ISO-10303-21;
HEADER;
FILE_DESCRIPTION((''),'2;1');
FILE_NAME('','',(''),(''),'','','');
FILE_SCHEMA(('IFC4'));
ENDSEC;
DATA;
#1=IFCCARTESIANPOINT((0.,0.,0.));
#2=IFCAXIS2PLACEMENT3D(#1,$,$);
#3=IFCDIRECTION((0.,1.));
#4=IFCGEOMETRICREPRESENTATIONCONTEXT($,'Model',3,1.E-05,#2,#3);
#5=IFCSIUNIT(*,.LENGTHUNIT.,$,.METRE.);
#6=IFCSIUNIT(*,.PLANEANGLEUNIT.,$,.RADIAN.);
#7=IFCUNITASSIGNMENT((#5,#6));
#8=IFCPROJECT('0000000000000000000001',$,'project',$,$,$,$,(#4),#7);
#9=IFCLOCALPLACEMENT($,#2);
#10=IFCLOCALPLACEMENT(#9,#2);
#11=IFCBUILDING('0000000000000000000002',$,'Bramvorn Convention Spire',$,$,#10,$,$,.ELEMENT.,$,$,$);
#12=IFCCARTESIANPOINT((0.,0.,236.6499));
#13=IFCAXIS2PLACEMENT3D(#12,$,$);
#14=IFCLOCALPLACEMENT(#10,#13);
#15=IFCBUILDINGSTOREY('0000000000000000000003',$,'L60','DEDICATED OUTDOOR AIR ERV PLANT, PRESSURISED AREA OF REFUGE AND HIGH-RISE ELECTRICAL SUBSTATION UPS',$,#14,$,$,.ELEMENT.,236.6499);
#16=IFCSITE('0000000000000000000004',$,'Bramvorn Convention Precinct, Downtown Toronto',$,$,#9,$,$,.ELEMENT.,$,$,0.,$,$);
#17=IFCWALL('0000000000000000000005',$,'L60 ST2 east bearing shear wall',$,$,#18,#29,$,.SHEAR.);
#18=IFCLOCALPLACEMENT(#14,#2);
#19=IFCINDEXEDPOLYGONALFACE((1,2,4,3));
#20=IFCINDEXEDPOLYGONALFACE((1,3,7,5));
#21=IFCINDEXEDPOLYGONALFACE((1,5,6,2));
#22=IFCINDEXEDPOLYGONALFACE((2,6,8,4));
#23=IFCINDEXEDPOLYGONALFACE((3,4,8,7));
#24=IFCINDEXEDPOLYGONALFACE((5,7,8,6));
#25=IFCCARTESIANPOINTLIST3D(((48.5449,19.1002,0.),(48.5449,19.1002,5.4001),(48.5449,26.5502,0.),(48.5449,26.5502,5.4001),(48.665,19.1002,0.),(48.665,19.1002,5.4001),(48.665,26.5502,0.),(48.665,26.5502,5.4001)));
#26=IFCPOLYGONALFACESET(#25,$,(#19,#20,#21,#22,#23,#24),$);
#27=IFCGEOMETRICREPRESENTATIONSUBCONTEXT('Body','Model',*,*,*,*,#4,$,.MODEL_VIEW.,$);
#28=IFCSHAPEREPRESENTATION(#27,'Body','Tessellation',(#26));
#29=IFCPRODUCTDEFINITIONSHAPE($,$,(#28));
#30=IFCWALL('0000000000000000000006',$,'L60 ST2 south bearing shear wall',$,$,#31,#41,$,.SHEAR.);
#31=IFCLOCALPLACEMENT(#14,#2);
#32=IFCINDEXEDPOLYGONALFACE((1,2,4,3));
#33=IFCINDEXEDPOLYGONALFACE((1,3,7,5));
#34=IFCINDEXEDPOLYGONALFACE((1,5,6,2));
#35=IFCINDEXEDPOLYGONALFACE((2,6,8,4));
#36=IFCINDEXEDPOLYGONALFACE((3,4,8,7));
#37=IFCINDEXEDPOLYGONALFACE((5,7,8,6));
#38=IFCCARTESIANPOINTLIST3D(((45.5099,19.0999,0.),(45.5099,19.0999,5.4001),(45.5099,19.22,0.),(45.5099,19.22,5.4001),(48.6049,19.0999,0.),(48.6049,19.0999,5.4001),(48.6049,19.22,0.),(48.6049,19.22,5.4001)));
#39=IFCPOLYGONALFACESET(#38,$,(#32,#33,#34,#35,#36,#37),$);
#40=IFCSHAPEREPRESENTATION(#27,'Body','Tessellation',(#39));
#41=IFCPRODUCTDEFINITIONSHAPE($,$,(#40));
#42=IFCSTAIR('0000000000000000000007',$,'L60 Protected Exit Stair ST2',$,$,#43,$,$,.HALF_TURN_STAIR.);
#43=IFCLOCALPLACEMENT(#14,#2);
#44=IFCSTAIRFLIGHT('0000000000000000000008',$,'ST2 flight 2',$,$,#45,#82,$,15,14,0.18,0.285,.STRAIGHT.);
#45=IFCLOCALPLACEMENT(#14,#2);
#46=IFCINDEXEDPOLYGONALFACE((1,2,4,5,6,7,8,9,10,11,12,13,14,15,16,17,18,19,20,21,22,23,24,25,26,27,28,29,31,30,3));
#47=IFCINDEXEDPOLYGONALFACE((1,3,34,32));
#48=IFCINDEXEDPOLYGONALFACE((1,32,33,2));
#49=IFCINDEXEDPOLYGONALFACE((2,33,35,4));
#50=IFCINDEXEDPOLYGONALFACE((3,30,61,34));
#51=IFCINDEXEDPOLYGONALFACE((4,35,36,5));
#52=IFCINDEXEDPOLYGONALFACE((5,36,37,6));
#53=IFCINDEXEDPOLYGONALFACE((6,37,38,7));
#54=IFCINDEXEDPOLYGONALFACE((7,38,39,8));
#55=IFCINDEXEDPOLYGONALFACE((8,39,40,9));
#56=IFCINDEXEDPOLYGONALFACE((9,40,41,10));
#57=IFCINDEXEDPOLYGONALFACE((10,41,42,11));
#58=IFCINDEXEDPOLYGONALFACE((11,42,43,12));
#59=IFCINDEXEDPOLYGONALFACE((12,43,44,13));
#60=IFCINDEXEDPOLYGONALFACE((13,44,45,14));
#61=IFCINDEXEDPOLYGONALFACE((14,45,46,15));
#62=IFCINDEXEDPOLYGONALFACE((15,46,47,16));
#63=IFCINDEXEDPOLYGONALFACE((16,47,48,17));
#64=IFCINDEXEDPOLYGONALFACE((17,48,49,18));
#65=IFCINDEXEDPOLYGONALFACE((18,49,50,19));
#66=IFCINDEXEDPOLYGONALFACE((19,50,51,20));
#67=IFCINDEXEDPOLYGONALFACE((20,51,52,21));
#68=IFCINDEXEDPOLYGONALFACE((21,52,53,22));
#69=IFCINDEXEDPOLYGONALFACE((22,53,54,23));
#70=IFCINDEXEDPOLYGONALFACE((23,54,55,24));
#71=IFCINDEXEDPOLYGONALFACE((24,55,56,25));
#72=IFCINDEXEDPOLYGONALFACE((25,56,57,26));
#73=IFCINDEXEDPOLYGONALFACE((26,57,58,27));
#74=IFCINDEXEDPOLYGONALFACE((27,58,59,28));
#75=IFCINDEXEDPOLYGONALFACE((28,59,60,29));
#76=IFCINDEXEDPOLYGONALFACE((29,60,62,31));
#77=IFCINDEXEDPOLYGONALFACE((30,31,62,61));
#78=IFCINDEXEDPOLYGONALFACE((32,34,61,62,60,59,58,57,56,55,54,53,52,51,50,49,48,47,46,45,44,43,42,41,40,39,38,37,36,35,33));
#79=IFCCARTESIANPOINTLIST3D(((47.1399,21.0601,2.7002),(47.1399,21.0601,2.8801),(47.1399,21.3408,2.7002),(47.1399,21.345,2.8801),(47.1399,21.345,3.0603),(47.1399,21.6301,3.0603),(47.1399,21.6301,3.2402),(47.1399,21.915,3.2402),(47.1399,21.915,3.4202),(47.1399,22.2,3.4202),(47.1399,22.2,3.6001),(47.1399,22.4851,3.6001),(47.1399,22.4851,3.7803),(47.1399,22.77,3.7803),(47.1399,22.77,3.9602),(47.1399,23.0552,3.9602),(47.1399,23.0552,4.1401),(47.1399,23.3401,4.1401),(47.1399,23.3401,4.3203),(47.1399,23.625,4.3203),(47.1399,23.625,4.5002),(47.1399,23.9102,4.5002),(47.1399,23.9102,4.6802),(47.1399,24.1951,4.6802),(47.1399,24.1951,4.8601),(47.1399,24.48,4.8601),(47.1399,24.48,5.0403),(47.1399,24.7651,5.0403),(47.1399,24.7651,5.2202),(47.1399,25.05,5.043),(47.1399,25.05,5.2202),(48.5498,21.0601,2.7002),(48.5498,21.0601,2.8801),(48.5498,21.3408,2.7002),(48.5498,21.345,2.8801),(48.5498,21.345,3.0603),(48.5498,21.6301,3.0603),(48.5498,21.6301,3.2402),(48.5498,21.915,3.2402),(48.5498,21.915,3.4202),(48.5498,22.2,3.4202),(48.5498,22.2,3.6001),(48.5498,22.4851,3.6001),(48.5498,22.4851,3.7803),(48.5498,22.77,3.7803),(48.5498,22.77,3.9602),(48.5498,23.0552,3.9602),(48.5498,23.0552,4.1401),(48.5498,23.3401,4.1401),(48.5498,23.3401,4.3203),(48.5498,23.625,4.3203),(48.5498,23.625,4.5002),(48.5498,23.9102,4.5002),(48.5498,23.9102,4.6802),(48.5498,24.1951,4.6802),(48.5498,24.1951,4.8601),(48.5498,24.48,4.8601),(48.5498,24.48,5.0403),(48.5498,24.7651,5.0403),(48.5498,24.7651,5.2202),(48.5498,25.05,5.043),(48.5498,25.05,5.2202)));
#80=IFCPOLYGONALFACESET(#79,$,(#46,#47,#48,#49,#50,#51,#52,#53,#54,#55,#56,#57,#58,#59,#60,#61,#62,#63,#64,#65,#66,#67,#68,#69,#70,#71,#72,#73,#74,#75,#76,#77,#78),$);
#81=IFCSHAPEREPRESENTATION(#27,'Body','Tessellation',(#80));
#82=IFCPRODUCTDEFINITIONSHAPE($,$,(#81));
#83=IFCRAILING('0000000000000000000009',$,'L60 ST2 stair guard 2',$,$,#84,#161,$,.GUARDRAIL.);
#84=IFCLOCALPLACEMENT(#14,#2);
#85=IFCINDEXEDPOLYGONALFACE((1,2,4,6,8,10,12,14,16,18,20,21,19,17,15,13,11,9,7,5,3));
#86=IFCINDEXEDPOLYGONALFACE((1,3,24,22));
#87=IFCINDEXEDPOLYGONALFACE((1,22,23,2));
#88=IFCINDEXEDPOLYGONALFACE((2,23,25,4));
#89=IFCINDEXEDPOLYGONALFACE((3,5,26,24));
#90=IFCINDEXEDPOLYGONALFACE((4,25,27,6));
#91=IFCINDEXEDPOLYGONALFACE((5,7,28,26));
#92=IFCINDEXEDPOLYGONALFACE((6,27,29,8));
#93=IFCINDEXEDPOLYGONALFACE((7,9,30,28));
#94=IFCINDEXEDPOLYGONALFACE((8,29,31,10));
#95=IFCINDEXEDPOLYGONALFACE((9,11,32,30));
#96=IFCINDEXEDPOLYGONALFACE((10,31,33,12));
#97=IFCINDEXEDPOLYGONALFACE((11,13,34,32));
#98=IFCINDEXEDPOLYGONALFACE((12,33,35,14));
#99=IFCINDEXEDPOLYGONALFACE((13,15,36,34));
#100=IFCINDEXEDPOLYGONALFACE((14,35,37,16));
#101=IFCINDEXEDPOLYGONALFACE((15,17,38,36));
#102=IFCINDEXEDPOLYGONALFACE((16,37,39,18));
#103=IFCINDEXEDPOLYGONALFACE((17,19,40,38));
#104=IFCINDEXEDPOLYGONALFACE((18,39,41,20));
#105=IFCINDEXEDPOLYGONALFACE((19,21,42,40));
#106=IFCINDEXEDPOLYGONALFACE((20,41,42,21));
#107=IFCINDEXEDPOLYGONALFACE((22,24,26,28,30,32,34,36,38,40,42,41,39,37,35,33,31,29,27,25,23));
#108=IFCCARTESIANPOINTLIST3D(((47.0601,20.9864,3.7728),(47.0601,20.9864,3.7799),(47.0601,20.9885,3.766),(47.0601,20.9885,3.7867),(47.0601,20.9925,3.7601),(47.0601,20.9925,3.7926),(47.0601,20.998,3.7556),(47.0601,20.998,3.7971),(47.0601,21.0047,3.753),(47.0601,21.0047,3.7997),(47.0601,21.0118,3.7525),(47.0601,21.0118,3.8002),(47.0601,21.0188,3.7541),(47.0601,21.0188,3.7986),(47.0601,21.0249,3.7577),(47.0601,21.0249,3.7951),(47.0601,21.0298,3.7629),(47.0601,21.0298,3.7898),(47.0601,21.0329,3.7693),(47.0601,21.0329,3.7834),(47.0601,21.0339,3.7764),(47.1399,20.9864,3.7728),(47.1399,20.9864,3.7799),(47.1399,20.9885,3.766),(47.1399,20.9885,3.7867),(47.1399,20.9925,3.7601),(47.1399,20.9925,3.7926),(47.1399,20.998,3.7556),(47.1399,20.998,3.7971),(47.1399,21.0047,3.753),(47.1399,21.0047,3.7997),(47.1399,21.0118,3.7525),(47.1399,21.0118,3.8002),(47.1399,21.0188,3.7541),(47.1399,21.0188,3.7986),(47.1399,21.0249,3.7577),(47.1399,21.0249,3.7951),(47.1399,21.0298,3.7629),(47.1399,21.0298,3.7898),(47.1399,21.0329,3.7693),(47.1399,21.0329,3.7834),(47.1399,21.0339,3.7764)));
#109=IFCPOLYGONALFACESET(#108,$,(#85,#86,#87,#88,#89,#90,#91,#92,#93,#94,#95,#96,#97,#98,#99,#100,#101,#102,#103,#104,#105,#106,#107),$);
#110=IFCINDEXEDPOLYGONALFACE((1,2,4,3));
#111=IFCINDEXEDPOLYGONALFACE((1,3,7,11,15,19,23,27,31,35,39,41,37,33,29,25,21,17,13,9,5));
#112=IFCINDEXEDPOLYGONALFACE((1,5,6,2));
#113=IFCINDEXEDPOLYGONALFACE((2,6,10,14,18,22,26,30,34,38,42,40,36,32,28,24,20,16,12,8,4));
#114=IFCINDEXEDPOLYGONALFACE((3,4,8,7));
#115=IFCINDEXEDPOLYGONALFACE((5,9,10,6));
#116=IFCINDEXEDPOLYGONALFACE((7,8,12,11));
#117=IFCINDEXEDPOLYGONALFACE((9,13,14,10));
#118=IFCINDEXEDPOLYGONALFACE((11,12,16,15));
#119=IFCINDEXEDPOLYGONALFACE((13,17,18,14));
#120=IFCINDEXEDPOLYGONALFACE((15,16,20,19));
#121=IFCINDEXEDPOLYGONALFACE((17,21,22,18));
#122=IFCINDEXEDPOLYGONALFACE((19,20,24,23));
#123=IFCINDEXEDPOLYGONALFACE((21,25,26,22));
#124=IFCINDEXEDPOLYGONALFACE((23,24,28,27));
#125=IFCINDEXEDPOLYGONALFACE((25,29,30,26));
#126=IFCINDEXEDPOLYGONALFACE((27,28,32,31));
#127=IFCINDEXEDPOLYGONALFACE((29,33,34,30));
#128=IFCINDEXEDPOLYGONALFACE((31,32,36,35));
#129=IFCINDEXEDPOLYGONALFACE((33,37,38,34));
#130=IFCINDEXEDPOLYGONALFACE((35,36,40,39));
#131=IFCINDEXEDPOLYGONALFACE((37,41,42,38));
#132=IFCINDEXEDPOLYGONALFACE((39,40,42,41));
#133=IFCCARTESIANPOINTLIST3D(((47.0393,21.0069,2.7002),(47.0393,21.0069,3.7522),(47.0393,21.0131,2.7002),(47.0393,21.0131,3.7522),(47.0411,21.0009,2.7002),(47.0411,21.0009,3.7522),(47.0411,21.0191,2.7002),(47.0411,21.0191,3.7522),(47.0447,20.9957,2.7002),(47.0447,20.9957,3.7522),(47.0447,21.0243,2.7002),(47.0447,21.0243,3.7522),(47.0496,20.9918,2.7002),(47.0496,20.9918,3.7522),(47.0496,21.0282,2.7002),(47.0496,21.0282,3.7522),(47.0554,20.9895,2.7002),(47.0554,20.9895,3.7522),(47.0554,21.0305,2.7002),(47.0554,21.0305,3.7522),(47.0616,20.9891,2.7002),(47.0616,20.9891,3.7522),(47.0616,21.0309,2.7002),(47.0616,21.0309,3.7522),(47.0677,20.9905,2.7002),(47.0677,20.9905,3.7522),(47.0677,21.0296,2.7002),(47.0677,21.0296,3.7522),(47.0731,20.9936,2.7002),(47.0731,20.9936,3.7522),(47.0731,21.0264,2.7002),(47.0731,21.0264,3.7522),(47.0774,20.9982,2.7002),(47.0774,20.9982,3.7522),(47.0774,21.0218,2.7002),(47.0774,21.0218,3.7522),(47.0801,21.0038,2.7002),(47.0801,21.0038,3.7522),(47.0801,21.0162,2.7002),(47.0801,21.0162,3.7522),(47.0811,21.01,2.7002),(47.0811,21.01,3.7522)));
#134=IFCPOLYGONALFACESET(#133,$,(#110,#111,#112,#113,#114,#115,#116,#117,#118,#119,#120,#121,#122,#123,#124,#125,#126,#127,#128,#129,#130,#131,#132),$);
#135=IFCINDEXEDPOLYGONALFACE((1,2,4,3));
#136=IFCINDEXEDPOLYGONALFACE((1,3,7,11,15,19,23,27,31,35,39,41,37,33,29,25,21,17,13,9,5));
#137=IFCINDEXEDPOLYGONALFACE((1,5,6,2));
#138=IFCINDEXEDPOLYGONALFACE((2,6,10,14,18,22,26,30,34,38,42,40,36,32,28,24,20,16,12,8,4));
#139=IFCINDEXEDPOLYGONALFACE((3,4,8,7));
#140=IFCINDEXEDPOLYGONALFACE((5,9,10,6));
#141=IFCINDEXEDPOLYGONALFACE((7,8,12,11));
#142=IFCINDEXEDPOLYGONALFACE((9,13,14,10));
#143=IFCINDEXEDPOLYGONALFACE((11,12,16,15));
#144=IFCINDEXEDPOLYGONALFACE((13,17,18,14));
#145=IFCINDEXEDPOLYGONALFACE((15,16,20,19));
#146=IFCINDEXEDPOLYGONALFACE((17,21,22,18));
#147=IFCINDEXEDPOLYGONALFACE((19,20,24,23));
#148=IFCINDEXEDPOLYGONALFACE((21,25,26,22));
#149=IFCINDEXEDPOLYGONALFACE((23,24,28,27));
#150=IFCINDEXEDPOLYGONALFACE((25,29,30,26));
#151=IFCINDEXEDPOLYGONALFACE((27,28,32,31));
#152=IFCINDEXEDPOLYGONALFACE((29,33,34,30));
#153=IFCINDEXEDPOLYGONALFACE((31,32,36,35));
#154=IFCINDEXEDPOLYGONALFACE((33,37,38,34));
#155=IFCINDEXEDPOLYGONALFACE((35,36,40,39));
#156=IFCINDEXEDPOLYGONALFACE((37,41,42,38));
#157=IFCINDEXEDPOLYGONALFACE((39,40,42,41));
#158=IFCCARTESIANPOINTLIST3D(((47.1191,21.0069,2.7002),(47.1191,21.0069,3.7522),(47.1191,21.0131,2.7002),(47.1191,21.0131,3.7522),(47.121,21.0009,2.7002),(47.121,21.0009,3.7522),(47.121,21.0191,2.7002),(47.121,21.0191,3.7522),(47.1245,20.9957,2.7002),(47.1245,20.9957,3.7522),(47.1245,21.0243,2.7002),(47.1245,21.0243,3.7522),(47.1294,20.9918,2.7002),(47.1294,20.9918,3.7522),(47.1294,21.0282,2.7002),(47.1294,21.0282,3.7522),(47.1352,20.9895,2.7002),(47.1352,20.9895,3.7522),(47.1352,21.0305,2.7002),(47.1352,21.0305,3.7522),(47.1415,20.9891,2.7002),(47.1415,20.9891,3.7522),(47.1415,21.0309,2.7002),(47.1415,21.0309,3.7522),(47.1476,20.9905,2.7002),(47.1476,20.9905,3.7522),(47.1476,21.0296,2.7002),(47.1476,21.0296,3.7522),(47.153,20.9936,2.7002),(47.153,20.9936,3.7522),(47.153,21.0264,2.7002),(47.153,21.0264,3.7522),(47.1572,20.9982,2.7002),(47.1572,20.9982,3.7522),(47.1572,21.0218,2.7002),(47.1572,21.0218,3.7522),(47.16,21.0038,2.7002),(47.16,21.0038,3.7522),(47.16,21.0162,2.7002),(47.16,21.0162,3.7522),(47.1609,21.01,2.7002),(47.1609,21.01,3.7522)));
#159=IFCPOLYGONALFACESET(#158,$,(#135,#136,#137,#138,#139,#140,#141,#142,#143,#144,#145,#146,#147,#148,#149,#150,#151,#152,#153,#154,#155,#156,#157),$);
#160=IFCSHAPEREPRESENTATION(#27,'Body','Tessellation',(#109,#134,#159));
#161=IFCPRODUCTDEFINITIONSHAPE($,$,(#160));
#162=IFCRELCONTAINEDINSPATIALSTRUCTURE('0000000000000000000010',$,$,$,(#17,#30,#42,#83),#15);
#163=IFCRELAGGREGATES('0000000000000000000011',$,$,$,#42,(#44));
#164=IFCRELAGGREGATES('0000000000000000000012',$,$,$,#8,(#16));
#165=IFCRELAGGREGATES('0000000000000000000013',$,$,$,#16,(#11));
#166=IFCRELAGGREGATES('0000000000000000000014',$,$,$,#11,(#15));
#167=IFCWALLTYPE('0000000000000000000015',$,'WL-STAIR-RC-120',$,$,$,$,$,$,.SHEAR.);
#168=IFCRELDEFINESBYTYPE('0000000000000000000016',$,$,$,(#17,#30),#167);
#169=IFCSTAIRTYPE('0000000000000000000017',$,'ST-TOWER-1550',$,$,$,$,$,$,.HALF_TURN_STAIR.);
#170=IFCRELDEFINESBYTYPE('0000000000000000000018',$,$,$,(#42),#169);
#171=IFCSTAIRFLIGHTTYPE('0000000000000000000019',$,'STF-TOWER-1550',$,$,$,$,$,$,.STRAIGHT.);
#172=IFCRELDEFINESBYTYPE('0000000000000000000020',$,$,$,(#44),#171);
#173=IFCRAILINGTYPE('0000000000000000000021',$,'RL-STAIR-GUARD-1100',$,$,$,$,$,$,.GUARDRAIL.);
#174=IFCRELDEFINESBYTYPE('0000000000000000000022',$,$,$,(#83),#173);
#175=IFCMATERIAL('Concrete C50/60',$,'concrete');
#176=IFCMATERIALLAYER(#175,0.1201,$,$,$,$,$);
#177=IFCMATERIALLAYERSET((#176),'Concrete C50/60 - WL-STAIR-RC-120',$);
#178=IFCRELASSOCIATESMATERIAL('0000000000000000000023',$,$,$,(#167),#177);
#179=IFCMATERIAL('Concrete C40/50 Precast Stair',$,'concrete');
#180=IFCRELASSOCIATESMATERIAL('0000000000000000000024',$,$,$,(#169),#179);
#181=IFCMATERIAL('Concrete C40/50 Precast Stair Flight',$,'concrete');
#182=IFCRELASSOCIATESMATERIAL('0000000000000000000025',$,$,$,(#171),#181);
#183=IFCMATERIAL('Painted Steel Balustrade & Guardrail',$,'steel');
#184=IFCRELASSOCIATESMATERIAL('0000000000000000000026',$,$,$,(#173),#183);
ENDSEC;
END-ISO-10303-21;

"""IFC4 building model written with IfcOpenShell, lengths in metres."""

from ifc_helpers import new_model, si_unit, direction, frame, frame_2d, origin, origin_2d, place, context, subcontext, project, spatial, polyline, rectangle, circle, outline, extrude, material, layer, layer_set, type_object, element, aggregate, save


model = new_model("IFC4")

# Units and contexts
model_context = context("Model", 3, precision=1e-05, world=origin(), true_north=direction((0.0, 1.0)))
body_context = subcontext(model_context, "Body", "Model", "MODEL_VIEW")
ifc_project = project(units=[si_unit("LENGTHUNIT", "METRE"), si_unit("PLANEANGLEUNIT", "RADIAN")], contexts=[model_context])

# Site, building, storey
site_placement = place(None, origin())
site = spatial("IfcSite", under=ifc_project, at=site_placement, Name="Bramvorn Convention Precinct, Downtown Toronto", CompositionType="ELEMENT", RefElevation=0.0)
building_placement = place(site_placement, origin())
building = spatial("IfcBuilding", under=site, at=building_placement, Name="Bramvorn Convention Spire", CompositionType="ELEMENT")
storey_placement = place(building_placement, frame((0.0, 0.0, 236.6499)))
storey = spatial("IfcBuildingStorey", under=building, at=storey_placement, Name="L60", Description="DEDICATED OUTDOOR AIR ERV PLANT, PRESSURISED AREA OF REFUGE AND HIGH-RISE ELECTRICAL SUBSTATION UPS", CompositionType="ELEMENT", Elevation=236.6499)

# Shared definitions
ifc_material_1 = material(Name="Concrete C50/60", Category="concrete")

# Walls
ifc_layer_1 = layer(ifc_material_1, 0.1201)
ifc_layer_set_1 = layer_set([ifc_layer_1], Name="Concrete C50/60 - WL-STAIR-RC-120")
wall_type_1 = type_object("IfcWallType", Name="WL-STAIR-RC-120", PredefinedType="SHEAR", material=ifc_layer_set_1)
wall_1_placement = place(storey_placement, frame((48.605, 19.1001, 0.0), z_axis=(0.0, 0.0, 1.0), x_axis=(0.0, 1.0, 0.0)))
element("IfcWall", 1, at=wall_1_placement, inside=storey, type_object=wall_type_1, Name="L60 ST2 east bearing shear wall", PredefinedType="SHEAR", context=body_context, shape_type="SweptSolid", body=[
    extrude(rectangle(XDim=7.45, YDim=0.1201, at=frame_2d((3.7251, 0.0))), origin(), (0.0, 0.0, 1.0), 5.4001),
])
wall_2_placement = place(storey_placement, frame((45.51, 19.1599, 0.0), z_axis=(0.0, 0.0, 1.0), x_axis=(1.0, 0.0, 0.0)))
element("IfcWall", 2, at=wall_2_placement, inside=storey, type_object=wall_type_1, Name="L60 ST2 south bearing shear wall", PredefinedType="SHEAR", context=body_context, shape_type="SweptSolid", body=[
    extrude(rectangle(XDim=3.095, YDim=0.1201, at=frame_2d((1.5474, 0.0))), origin(), (0.0, 0.0, 1.0), 5.4001),
])

# Stair, stair flight
ifc_material_2 = material(Name="Concrete C40/50 Precast Stair", Category="concrete")
stair_type = type_object("IfcStairType", Name="ST-TOWER-1550", PredefinedType="HALF_TURN_STAIR", material=ifc_material_2)
stair_placement = place(storey_placement, origin())
stair = element("IfcStair", 3, at=stair_placement, inside=storey, type_object=stair_type, Name="L60 Protected Exit Stair ST2", PredefinedType="HALF_TURN_STAIR")
ifc_material_3 = material(Name="Concrete C40/50 Precast Stair Flight", Category="concrete")
stair_flight_type = type_object("IfcStairFlightType", Name="STF-TOWER-1550", PredefinedType="STRAIGHT", material=ifc_material_3)
stair_flight_placement = place(storey_placement, frame((47.845, 21.0601, 2.7002), z_axis=(0.0, 0.0, 1.0), x_axis=(0.0, 1.0, 0.0)))
stair_flight = element("IfcStairFlight", 4, at=stair_flight_placement, type_object=stair_flight_type, Name="ST2 flight 2", NumberOfRisers=15, NumberOfTreads=14, PredefinedType="STRAIGHT", RiserHeight=0.18, TreadLength=0.285, context=body_context, shape_type="SweptSolid", body=[
    extrude(outline(polyline([(0.0, 0.0), (0.0, 0.1799), (0.2849, 0.1799), (0.2849, 0.3601), (0.5701, 0.3601), (0.5701, 0.54), (0.855, 0.54), (0.855, 0.72), (1.1399, 0.72), (1.1399, 0.8999), (1.425, 0.8999), (1.425, 1.0801), (1.71, 1.0801), (1.71, 1.26), (1.9951, 1.26), (1.9951, 1.4399), (2.28, 1.4399), (2.28, 1.6201), (2.5649, 1.6201), (2.5649, 1.8), (2.8501, 1.8), (2.8501, 1.98), (3.135, 1.98), (3.135, 2.1599), (3.4199, 2.1599), (3.4199, 2.3401), (3.7051, 2.3401), (3.7051, 2.52), (3.99, 2.52), (3.99, 2.7), (3.99, 2.3428), (0.2808, 0.0), (0.0, 0.0)])), frame((0.0, 0.7051, 0.0), z_axis=(0.0, -1.0, 0.0), x_axis=(1.0, 0.0, 0.0)), (0.0, 0.0, 1.0), 1.4099),
])
aggregate(stair, [stair_flight])

# Railing
ifc_material_4 = material(Name="Painted Steel Balustrade & Guardrail", Category="steel")
railing_type_1 = type_object("IfcRailingType", Name="RL-STAIR-GUARD-1100", PredefinedType="GUARDRAIL", material=ifc_material_4)
railing_1_placement = place(storey_placement, frame((47.0601, 21.01, 2.7002)))
element("IfcRailing", 5, at=railing_1_placement, inside=storey, type_object=railing_type_1, Name="L60 ST2 stair guard 2", PredefinedType="GUARDRAIL", context=body_context, shape_type="SweptSolid", body=[
    extrude(circle(Radius=0.0239, at=origin_2d()), frame((0.0, 0.0, 1.0762), z_axis=(1.0, 0.0, 0.0), x_axis=(0.0, 1.0, 0.0)), (0.0, 0.0, 1.0), 0.0798),
    extrude(circle(Radius=0.021, at=origin_2d()), origin(), (0.0, 0.0, 1.0), 1.052),
    extrude(circle(Radius=0.021, at=origin_2d()), frame((0.0798, 0.0, 0.0)), (0.0, 0.0, 1.0), 1.052),
])

save(model, "model.ifc")
